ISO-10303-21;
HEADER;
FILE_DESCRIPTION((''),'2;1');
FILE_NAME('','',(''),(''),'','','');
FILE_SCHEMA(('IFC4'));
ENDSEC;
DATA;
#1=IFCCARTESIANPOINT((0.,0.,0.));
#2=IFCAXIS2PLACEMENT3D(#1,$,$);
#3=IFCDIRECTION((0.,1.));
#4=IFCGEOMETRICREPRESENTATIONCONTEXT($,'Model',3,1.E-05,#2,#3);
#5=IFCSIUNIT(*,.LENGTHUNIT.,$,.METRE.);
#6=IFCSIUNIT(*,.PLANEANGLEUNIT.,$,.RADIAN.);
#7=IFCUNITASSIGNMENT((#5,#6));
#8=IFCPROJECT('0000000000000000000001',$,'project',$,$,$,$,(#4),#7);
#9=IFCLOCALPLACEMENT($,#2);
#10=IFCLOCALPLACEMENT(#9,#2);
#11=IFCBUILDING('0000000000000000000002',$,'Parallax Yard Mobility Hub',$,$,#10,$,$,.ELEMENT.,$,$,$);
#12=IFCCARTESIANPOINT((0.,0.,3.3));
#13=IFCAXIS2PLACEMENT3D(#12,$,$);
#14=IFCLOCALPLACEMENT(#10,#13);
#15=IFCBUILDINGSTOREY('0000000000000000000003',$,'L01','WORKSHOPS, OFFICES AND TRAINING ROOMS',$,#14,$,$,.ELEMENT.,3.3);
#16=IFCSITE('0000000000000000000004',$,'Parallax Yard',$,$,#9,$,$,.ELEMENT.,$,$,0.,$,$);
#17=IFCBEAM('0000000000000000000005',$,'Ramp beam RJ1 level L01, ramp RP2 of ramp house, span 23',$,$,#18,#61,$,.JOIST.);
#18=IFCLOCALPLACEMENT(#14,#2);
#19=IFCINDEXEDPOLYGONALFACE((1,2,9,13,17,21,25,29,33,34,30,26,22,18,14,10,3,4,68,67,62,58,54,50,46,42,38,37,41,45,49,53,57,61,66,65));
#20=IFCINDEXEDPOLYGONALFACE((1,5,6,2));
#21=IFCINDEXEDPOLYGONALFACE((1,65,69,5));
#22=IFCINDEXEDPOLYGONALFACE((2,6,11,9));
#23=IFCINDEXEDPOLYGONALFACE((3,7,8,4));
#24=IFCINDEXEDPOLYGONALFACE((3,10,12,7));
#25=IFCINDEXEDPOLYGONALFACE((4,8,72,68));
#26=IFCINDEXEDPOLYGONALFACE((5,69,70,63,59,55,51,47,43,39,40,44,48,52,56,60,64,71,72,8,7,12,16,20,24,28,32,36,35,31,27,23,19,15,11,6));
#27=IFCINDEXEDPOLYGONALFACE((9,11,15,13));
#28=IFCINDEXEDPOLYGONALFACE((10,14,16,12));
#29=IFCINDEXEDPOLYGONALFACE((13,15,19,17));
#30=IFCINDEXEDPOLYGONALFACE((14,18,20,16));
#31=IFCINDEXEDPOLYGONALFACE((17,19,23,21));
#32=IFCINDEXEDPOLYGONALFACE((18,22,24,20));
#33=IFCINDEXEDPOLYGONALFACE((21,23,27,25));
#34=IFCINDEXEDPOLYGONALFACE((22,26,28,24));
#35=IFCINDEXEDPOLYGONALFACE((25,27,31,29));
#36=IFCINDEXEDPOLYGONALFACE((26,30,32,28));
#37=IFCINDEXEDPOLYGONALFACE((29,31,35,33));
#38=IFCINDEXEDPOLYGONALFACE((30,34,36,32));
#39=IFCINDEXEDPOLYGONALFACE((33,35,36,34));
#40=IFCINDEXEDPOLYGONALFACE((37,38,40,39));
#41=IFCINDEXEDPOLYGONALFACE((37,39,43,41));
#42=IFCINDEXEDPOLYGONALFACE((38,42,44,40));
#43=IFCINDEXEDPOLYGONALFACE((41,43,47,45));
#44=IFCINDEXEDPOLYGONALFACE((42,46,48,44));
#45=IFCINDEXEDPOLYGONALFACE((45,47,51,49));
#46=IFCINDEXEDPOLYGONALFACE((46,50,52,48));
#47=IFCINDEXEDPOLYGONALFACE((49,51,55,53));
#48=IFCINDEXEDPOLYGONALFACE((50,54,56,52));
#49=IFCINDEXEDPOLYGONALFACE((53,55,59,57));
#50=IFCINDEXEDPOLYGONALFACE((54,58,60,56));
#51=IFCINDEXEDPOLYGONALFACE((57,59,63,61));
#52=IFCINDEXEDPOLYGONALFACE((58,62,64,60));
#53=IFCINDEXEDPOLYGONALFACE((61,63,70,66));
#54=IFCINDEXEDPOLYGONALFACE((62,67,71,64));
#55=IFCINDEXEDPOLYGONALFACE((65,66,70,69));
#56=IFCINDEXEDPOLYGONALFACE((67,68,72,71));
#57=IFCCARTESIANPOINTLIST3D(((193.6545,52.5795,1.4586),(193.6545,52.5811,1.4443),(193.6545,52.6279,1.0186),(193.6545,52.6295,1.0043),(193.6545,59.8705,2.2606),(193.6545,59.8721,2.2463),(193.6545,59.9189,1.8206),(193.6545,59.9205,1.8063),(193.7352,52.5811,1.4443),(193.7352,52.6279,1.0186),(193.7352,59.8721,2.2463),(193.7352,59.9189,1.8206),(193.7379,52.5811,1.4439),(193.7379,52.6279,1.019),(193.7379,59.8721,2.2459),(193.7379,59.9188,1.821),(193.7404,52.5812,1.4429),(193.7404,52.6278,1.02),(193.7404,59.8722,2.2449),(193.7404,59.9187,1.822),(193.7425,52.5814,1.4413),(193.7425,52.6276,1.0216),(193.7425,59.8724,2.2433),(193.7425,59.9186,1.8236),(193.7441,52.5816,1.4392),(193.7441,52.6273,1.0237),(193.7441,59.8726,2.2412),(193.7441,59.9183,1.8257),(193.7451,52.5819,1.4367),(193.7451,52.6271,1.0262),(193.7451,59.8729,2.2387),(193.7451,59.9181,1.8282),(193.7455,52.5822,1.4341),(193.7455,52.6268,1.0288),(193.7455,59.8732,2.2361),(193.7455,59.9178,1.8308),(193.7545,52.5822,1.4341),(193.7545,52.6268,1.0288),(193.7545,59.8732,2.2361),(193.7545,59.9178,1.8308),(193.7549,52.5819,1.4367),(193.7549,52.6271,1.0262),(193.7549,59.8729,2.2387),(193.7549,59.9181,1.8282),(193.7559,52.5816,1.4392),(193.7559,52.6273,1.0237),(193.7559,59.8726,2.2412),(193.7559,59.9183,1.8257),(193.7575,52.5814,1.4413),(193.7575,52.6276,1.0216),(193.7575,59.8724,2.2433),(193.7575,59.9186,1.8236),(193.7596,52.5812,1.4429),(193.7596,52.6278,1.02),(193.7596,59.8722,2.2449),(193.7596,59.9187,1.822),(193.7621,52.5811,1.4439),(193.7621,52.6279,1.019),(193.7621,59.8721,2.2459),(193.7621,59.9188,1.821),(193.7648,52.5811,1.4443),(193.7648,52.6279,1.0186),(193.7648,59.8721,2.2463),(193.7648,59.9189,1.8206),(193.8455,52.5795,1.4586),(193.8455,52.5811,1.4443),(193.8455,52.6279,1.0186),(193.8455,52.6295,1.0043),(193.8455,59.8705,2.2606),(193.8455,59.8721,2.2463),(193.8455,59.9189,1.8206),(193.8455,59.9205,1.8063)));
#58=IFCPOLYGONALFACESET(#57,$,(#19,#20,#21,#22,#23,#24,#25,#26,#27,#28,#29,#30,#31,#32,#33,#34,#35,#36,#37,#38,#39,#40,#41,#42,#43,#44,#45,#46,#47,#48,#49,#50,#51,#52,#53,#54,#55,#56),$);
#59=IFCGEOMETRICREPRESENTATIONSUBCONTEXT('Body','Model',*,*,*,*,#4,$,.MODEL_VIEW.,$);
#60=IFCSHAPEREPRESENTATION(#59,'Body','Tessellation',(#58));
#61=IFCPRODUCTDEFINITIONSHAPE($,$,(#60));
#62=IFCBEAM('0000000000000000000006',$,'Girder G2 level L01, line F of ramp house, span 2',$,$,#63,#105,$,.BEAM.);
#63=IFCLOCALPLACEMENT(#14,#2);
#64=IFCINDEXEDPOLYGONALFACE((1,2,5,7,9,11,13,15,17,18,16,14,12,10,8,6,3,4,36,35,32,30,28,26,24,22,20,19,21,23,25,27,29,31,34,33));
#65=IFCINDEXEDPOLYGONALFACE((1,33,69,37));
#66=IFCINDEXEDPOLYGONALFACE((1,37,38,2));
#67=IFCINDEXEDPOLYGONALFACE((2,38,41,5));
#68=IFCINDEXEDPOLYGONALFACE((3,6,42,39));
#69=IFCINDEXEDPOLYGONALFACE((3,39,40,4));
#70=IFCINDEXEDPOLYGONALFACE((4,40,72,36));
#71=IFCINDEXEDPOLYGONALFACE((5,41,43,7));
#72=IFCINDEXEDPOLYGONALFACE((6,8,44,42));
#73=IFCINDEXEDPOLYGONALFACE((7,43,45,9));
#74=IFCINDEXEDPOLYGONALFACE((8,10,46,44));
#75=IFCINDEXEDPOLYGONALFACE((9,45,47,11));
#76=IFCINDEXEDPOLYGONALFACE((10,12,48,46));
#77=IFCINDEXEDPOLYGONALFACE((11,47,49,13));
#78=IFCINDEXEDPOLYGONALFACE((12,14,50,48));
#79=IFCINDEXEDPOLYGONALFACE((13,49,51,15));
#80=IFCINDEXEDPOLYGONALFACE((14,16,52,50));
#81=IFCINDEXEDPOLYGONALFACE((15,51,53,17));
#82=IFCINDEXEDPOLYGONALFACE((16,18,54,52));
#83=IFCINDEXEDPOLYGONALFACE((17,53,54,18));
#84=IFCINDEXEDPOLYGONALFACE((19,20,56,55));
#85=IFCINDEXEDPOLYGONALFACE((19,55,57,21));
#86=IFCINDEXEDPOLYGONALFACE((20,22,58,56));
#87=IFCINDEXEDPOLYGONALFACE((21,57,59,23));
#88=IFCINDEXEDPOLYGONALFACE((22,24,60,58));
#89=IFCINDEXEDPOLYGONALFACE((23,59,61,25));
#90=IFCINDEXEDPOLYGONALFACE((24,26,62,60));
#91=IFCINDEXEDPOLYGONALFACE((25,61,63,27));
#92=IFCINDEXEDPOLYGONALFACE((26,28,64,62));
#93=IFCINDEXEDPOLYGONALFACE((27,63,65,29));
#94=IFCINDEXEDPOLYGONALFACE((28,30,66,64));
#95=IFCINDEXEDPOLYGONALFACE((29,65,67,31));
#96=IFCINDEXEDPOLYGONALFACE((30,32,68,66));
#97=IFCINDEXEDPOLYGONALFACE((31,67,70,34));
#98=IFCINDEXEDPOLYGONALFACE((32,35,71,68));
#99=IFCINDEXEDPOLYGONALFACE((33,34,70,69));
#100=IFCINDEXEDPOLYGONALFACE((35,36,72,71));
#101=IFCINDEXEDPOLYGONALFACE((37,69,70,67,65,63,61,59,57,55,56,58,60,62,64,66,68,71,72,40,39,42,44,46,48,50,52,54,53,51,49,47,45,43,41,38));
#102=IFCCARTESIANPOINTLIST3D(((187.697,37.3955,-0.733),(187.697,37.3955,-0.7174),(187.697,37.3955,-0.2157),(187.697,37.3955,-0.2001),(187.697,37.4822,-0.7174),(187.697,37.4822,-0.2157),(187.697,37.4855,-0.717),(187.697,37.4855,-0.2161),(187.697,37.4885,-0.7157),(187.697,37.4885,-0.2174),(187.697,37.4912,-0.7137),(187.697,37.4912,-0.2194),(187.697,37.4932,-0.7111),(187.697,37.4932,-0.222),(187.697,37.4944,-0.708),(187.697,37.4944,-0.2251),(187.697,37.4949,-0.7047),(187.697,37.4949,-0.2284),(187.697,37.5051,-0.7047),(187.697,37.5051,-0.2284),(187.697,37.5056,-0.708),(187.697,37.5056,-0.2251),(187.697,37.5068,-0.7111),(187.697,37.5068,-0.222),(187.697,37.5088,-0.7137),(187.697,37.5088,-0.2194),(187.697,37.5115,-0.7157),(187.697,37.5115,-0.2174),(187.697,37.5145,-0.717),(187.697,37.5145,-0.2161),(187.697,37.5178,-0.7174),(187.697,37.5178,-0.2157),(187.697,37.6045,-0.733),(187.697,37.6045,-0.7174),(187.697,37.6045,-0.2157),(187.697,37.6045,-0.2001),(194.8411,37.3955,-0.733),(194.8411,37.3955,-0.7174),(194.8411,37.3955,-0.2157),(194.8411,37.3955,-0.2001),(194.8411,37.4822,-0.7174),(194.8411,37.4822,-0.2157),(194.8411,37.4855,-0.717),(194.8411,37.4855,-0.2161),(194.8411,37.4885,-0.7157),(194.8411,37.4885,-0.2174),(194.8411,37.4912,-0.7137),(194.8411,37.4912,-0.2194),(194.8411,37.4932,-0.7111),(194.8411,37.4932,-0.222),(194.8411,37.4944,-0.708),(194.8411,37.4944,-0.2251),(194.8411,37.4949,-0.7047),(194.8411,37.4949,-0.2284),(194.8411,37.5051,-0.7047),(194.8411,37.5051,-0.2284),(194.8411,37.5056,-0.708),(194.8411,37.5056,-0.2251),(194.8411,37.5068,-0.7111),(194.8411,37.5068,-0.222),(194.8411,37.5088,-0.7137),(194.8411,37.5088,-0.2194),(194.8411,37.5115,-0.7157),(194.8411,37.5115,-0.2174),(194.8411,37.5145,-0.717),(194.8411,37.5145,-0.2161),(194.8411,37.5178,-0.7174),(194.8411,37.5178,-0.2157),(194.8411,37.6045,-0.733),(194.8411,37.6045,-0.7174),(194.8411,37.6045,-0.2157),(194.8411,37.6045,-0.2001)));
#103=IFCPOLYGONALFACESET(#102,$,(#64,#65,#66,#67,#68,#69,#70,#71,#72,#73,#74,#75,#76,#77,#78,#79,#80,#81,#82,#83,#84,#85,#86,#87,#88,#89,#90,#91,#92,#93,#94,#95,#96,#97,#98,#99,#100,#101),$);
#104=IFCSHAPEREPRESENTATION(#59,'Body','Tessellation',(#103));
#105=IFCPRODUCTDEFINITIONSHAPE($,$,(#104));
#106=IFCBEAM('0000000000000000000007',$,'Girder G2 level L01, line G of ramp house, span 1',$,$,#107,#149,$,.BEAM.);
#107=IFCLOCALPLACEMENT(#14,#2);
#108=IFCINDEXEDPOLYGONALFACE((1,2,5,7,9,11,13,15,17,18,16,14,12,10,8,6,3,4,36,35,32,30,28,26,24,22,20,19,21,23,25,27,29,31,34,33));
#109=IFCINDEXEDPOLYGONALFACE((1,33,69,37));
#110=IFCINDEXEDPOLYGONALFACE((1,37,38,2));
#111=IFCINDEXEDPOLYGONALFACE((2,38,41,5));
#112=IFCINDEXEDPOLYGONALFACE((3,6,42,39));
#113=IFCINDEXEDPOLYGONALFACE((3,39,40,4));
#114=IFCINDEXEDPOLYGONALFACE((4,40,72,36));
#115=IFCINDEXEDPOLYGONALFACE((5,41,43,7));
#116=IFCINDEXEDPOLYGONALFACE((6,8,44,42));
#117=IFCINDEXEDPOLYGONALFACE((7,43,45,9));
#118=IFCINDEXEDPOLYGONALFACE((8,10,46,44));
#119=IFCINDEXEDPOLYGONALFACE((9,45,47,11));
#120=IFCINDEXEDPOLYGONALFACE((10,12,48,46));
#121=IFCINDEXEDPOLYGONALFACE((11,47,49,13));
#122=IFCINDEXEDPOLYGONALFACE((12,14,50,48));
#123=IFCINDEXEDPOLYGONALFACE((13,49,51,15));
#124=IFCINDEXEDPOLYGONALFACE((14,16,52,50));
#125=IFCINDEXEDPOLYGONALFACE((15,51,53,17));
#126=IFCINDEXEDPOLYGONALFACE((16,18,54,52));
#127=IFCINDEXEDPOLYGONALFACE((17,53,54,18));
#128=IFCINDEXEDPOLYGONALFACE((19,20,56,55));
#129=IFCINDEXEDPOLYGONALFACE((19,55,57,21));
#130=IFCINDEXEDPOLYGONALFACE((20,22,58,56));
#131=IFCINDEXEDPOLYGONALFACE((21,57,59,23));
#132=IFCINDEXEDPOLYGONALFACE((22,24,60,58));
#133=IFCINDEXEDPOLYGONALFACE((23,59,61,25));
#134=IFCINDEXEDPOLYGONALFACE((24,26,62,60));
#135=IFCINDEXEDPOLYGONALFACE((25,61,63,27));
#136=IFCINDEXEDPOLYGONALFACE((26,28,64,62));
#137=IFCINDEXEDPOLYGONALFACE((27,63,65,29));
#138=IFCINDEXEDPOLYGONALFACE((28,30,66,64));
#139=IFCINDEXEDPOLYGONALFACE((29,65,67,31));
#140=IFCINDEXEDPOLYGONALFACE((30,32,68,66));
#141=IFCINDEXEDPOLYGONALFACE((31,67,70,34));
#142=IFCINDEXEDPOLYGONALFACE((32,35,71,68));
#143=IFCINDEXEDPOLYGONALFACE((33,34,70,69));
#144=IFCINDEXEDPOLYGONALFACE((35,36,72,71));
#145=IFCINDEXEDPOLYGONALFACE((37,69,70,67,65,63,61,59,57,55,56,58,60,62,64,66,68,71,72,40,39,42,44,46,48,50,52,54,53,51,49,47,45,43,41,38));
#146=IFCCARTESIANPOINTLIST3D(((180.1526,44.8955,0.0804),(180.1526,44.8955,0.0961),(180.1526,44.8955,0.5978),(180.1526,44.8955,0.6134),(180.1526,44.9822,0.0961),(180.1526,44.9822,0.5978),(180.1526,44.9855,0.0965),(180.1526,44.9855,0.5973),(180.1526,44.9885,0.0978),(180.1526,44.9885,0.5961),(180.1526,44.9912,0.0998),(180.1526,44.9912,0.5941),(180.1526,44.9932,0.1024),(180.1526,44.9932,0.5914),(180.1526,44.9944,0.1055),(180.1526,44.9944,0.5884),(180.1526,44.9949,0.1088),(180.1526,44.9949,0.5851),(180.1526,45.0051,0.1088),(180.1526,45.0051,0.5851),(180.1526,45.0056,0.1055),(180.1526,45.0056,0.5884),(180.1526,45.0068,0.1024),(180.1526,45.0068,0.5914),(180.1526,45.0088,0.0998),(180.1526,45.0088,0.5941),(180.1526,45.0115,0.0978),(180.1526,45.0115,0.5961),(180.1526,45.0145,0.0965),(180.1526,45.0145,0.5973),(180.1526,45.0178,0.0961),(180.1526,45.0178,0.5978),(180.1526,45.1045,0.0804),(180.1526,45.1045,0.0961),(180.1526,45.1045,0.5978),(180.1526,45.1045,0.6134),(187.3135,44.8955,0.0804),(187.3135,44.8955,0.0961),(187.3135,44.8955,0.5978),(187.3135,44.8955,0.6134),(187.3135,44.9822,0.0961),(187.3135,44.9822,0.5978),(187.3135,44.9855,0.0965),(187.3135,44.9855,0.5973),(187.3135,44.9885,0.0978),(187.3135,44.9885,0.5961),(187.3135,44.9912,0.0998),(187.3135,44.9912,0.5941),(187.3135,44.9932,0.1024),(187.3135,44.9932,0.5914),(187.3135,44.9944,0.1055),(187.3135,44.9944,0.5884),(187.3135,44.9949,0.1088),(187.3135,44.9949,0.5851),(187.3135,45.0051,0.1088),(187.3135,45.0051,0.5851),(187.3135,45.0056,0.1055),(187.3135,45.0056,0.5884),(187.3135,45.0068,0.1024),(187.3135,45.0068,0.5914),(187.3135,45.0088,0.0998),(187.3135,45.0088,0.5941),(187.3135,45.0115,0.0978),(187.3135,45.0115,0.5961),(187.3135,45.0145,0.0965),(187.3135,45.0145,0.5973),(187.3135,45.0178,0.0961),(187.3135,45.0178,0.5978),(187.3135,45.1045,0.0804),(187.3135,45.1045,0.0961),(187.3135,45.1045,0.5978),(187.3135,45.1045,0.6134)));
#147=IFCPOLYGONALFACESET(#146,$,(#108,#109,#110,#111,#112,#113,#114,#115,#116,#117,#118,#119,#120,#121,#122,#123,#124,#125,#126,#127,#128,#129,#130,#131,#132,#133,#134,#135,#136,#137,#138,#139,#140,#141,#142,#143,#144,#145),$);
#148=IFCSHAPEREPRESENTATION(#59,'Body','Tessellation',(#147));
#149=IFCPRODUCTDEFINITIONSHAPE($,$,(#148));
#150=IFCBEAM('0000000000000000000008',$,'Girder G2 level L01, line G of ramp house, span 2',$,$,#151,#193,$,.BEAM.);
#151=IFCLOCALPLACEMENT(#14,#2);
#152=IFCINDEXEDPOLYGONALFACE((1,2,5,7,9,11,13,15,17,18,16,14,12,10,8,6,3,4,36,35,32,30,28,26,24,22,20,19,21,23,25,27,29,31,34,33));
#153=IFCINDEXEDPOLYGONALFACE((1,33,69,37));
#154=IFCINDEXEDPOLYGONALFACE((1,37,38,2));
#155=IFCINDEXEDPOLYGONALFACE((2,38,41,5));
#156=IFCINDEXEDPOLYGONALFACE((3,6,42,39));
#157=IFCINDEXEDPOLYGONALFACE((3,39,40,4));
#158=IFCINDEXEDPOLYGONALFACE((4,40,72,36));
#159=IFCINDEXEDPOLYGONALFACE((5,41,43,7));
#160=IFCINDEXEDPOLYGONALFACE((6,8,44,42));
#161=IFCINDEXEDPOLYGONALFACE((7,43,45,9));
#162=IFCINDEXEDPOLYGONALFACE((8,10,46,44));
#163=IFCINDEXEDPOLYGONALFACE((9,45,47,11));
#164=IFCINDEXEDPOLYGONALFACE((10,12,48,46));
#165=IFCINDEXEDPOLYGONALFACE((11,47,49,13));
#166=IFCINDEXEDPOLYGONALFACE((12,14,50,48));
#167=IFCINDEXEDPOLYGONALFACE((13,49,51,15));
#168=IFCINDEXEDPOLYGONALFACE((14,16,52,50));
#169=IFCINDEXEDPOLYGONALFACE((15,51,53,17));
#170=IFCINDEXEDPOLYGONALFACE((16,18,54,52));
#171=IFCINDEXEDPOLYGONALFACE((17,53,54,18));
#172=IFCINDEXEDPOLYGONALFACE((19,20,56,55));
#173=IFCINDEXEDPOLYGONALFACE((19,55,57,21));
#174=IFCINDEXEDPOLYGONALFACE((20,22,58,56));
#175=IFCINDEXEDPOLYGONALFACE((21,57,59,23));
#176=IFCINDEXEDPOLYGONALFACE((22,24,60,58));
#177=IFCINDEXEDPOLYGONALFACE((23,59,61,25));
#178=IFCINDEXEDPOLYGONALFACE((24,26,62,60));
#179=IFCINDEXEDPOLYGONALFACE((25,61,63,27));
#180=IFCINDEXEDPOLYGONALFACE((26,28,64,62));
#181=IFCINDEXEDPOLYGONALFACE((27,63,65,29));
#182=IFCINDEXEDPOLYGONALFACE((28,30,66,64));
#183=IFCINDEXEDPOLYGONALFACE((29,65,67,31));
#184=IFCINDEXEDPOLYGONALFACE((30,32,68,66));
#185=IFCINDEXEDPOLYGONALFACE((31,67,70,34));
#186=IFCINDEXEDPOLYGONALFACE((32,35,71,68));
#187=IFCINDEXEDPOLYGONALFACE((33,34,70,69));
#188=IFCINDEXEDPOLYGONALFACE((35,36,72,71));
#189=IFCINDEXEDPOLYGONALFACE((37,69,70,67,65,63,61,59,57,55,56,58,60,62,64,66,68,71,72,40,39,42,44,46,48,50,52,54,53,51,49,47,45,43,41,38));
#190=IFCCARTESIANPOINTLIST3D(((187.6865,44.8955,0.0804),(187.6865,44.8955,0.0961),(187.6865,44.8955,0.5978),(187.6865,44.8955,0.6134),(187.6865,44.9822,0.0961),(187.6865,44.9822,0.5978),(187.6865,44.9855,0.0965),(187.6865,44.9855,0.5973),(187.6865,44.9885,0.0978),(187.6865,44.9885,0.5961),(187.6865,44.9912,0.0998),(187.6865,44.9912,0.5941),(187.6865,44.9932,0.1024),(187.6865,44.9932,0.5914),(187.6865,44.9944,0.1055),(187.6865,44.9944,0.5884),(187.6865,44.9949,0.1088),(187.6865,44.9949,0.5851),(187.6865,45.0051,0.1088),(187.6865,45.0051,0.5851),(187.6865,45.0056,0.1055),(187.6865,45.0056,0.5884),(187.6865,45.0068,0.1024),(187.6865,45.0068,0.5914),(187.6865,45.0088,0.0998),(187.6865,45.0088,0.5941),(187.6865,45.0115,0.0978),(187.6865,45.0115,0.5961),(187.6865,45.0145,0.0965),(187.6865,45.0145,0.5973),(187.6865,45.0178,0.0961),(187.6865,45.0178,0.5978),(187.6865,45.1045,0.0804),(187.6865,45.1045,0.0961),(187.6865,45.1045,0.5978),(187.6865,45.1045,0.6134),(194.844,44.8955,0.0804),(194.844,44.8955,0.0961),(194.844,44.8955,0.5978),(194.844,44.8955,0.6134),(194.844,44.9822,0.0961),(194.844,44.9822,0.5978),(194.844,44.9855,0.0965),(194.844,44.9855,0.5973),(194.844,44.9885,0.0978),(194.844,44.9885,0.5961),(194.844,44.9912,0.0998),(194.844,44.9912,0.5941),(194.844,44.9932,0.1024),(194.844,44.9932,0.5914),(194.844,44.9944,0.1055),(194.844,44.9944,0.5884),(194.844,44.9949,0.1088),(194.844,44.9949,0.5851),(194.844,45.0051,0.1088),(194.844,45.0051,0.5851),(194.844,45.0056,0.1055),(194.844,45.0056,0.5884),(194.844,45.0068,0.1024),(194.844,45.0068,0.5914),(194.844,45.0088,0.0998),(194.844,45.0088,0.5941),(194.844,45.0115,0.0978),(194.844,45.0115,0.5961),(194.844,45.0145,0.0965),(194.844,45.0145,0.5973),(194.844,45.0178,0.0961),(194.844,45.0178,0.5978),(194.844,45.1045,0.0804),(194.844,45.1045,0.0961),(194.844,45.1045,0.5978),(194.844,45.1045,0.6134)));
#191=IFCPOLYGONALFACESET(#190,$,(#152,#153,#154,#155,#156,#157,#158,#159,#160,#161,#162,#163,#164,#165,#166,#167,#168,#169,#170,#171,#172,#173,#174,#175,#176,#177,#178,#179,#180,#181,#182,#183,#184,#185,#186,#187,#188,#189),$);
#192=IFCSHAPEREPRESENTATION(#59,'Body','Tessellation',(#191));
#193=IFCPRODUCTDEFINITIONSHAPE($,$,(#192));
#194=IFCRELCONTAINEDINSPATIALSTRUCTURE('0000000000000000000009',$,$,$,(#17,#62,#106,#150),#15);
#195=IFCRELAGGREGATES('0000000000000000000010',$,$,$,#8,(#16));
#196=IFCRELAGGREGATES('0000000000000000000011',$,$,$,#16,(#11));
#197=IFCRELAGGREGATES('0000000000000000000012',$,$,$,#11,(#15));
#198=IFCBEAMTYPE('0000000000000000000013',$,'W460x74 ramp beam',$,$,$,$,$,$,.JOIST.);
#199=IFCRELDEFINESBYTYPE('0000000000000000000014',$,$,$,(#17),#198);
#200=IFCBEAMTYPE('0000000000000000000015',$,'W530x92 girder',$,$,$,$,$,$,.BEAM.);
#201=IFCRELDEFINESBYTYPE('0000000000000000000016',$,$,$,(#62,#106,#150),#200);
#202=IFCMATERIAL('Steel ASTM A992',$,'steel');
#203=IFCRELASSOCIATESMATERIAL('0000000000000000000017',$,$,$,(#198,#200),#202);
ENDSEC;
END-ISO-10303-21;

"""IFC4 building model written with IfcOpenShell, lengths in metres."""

from ifc_helpers import new_model, si_unit, direction, frame, origin, origin_2d, place, context, subcontext, project, spatial, i_section, extrude, material, material_profile, profile_set, type_object, element, save


model = new_model("IFC4")

# Units and contexts
model_context = context("Model", 3, precision=1e-05, world=origin(), true_north=direction((0.0, 1.0)))
body_context = subcontext(model_context, "Body", "Model", "MODEL_VIEW")
ifc_project = project(units=[si_unit("LENGTHUNIT", "METRE"), si_unit("PLANEANGLEUNIT", "RADIAN")], contexts=[model_context])

# Site, building, storey
site_placement = place(None, origin())
site = spatial("IfcSite", under=ifc_project, at=site_placement, Name="Parallax Yard", CompositionType="ELEMENT", RefElevation=0.0)
building_placement = place(site_placement, origin())
building = spatial("IfcBuilding", under=site, at=building_placement, Name="Parallax Yard Mobility Hub", CompositionType="ELEMENT")
storey_placement = place(building_placement, frame((0.0, 0.0, 3.3)))
storey = spatial("IfcBuildingStorey", under=building, at=storey_placement, Name="L01", Description="WORKSHOPS, OFFICES AND TRAINING ROOMS", CompositionType="ELEMENT", Elevation=3.3)

# Shared definitions
ifc_material_1 = material(Name="Steel ASTM A992", Category="steel")

# Beams
ifc_material_profile_1 = material_profile(ifc_material_1, i_section(OverallWidth=0.1909, OverallDepth=0.457, WebThickness=0.009, FlangeThickness=0.0144, FilletRadius=0.0103, at=origin_2d()), Name="W460x74")
ifc_profile_set_1 = profile_set([ifc_material_profile_1], Name="Steel ASTM A992")
beam_type_1 = type_object("IfcBeamType", Name="W460x74 ramp beam", PredefinedType="JOIST", material=ifc_profile_set_1)
for number, where, z_axis, x_axis, name in (
    (1, (193.75, 52.6045, 1.2314), (0.0, 0.994005, 0.109339), (-1.0, 0.0, 0.0), "Ramp beam RJ1 level L01, ramp RP2 of ramp house, span 23"),
):
    element("IfcBeam", number, at=place(storey_placement, frame(where, z_axis=z_axis, x_axis=x_axis)), inside=storey, type_object=beam_type_1, Name=name, PredefinedType="JOIST", context=body_context, shape_type="SweptSolid", body=[
        extrude(i_section(OverallWidth=0.1909, OverallDepth=0.457, WebThickness=0.009, FlangeThickness=0.0144, FilletRadius=0.0103, at=origin_2d()), origin(), (0.0, 0.0, 1.0), 7.335),
    ])
ifc_material_profile_2 = material_profile(ifc_material_1, i_section(OverallWidth=0.209, OverallDepth=0.533, WebThickness=0.0103, FlangeThickness=0.0156, FilletRadius=0.0127, at=origin_2d()), Name="W530x92")
ifc_profile_set_2 = profile_set([ifc_material_profile_2], Name="Steel ASTM A992")
beam_type_2 = type_object("IfcBeamType", Name="W530x92 girder", PredefinedType="BEAM", material=ifc_profile_set_2)
beam_1_placement = place(storey_placement, frame((187.697, 37.5, -0.4666), z_axis=(1.0, 0.0, 0.0), x_axis=(0.0, 1.0, 0.0)))
element("IfcBeam", 2, at=beam_1_placement, inside=storey, type_object=beam_type_2, Name="Girder G2 level L01, line F of ramp house, span 2", PredefinedType="BEAM", context=body_context, shape_type="SweptSolid", body=[
    extrude(i_section(OverallWidth=0.209, OverallDepth=0.533, WebThickness=0.0103, FlangeThickness=0.0156, FilletRadius=0.0127, at=origin_2d()), origin(), (0.0, 0.0, 1.0), 7.144),
])
beam_2_placement = place(storey_placement, frame((180.1526, 45.0, 0.3469), z_axis=(1.0, 0.0, 0.0), x_axis=(0.0, 1.0, 0.0)))
element("IfcBeam", 3, at=beam_2_placement, inside=storey, type_object=beam_type_2, Name="Girder G2 level L01, line G of ramp house, span 1", PredefinedType="BEAM", context=body_context, shape_type="SweptSolid", body=[
    extrude(i_section(OverallWidth=0.209, OverallDepth=0.533, WebThickness=0.0103, FlangeThickness=0.0156, FilletRadius=0.0127, at=origin_2d()), origin(), (0.0, 0.0, 1.0), 7.1609),
])
beam_3_placement = place(storey_placement, frame((187.6865, 45.0, 0.3469), z_axis=(1.0, 0.0, 0.0), x_axis=(0.0, 1.0, 0.0)))
element("IfcBeam", 4, at=beam_3_placement, inside=storey, type_object=beam_type_2, Name="Girder G2 level L01, line G of ramp house, span 2", PredefinedType="BEAM", context=body_context, shape_type="SweptSolid", body=[
    extrude(i_section(OverallWidth=0.209, OverallDepth=0.533, WebThickness=0.0103, FlangeThickness=0.0156, FilletRadius=0.0127, at=origin_2d()), origin(), (0.0, 0.0, 1.0), 7.1575),
])

save(model, "model.ifc")
